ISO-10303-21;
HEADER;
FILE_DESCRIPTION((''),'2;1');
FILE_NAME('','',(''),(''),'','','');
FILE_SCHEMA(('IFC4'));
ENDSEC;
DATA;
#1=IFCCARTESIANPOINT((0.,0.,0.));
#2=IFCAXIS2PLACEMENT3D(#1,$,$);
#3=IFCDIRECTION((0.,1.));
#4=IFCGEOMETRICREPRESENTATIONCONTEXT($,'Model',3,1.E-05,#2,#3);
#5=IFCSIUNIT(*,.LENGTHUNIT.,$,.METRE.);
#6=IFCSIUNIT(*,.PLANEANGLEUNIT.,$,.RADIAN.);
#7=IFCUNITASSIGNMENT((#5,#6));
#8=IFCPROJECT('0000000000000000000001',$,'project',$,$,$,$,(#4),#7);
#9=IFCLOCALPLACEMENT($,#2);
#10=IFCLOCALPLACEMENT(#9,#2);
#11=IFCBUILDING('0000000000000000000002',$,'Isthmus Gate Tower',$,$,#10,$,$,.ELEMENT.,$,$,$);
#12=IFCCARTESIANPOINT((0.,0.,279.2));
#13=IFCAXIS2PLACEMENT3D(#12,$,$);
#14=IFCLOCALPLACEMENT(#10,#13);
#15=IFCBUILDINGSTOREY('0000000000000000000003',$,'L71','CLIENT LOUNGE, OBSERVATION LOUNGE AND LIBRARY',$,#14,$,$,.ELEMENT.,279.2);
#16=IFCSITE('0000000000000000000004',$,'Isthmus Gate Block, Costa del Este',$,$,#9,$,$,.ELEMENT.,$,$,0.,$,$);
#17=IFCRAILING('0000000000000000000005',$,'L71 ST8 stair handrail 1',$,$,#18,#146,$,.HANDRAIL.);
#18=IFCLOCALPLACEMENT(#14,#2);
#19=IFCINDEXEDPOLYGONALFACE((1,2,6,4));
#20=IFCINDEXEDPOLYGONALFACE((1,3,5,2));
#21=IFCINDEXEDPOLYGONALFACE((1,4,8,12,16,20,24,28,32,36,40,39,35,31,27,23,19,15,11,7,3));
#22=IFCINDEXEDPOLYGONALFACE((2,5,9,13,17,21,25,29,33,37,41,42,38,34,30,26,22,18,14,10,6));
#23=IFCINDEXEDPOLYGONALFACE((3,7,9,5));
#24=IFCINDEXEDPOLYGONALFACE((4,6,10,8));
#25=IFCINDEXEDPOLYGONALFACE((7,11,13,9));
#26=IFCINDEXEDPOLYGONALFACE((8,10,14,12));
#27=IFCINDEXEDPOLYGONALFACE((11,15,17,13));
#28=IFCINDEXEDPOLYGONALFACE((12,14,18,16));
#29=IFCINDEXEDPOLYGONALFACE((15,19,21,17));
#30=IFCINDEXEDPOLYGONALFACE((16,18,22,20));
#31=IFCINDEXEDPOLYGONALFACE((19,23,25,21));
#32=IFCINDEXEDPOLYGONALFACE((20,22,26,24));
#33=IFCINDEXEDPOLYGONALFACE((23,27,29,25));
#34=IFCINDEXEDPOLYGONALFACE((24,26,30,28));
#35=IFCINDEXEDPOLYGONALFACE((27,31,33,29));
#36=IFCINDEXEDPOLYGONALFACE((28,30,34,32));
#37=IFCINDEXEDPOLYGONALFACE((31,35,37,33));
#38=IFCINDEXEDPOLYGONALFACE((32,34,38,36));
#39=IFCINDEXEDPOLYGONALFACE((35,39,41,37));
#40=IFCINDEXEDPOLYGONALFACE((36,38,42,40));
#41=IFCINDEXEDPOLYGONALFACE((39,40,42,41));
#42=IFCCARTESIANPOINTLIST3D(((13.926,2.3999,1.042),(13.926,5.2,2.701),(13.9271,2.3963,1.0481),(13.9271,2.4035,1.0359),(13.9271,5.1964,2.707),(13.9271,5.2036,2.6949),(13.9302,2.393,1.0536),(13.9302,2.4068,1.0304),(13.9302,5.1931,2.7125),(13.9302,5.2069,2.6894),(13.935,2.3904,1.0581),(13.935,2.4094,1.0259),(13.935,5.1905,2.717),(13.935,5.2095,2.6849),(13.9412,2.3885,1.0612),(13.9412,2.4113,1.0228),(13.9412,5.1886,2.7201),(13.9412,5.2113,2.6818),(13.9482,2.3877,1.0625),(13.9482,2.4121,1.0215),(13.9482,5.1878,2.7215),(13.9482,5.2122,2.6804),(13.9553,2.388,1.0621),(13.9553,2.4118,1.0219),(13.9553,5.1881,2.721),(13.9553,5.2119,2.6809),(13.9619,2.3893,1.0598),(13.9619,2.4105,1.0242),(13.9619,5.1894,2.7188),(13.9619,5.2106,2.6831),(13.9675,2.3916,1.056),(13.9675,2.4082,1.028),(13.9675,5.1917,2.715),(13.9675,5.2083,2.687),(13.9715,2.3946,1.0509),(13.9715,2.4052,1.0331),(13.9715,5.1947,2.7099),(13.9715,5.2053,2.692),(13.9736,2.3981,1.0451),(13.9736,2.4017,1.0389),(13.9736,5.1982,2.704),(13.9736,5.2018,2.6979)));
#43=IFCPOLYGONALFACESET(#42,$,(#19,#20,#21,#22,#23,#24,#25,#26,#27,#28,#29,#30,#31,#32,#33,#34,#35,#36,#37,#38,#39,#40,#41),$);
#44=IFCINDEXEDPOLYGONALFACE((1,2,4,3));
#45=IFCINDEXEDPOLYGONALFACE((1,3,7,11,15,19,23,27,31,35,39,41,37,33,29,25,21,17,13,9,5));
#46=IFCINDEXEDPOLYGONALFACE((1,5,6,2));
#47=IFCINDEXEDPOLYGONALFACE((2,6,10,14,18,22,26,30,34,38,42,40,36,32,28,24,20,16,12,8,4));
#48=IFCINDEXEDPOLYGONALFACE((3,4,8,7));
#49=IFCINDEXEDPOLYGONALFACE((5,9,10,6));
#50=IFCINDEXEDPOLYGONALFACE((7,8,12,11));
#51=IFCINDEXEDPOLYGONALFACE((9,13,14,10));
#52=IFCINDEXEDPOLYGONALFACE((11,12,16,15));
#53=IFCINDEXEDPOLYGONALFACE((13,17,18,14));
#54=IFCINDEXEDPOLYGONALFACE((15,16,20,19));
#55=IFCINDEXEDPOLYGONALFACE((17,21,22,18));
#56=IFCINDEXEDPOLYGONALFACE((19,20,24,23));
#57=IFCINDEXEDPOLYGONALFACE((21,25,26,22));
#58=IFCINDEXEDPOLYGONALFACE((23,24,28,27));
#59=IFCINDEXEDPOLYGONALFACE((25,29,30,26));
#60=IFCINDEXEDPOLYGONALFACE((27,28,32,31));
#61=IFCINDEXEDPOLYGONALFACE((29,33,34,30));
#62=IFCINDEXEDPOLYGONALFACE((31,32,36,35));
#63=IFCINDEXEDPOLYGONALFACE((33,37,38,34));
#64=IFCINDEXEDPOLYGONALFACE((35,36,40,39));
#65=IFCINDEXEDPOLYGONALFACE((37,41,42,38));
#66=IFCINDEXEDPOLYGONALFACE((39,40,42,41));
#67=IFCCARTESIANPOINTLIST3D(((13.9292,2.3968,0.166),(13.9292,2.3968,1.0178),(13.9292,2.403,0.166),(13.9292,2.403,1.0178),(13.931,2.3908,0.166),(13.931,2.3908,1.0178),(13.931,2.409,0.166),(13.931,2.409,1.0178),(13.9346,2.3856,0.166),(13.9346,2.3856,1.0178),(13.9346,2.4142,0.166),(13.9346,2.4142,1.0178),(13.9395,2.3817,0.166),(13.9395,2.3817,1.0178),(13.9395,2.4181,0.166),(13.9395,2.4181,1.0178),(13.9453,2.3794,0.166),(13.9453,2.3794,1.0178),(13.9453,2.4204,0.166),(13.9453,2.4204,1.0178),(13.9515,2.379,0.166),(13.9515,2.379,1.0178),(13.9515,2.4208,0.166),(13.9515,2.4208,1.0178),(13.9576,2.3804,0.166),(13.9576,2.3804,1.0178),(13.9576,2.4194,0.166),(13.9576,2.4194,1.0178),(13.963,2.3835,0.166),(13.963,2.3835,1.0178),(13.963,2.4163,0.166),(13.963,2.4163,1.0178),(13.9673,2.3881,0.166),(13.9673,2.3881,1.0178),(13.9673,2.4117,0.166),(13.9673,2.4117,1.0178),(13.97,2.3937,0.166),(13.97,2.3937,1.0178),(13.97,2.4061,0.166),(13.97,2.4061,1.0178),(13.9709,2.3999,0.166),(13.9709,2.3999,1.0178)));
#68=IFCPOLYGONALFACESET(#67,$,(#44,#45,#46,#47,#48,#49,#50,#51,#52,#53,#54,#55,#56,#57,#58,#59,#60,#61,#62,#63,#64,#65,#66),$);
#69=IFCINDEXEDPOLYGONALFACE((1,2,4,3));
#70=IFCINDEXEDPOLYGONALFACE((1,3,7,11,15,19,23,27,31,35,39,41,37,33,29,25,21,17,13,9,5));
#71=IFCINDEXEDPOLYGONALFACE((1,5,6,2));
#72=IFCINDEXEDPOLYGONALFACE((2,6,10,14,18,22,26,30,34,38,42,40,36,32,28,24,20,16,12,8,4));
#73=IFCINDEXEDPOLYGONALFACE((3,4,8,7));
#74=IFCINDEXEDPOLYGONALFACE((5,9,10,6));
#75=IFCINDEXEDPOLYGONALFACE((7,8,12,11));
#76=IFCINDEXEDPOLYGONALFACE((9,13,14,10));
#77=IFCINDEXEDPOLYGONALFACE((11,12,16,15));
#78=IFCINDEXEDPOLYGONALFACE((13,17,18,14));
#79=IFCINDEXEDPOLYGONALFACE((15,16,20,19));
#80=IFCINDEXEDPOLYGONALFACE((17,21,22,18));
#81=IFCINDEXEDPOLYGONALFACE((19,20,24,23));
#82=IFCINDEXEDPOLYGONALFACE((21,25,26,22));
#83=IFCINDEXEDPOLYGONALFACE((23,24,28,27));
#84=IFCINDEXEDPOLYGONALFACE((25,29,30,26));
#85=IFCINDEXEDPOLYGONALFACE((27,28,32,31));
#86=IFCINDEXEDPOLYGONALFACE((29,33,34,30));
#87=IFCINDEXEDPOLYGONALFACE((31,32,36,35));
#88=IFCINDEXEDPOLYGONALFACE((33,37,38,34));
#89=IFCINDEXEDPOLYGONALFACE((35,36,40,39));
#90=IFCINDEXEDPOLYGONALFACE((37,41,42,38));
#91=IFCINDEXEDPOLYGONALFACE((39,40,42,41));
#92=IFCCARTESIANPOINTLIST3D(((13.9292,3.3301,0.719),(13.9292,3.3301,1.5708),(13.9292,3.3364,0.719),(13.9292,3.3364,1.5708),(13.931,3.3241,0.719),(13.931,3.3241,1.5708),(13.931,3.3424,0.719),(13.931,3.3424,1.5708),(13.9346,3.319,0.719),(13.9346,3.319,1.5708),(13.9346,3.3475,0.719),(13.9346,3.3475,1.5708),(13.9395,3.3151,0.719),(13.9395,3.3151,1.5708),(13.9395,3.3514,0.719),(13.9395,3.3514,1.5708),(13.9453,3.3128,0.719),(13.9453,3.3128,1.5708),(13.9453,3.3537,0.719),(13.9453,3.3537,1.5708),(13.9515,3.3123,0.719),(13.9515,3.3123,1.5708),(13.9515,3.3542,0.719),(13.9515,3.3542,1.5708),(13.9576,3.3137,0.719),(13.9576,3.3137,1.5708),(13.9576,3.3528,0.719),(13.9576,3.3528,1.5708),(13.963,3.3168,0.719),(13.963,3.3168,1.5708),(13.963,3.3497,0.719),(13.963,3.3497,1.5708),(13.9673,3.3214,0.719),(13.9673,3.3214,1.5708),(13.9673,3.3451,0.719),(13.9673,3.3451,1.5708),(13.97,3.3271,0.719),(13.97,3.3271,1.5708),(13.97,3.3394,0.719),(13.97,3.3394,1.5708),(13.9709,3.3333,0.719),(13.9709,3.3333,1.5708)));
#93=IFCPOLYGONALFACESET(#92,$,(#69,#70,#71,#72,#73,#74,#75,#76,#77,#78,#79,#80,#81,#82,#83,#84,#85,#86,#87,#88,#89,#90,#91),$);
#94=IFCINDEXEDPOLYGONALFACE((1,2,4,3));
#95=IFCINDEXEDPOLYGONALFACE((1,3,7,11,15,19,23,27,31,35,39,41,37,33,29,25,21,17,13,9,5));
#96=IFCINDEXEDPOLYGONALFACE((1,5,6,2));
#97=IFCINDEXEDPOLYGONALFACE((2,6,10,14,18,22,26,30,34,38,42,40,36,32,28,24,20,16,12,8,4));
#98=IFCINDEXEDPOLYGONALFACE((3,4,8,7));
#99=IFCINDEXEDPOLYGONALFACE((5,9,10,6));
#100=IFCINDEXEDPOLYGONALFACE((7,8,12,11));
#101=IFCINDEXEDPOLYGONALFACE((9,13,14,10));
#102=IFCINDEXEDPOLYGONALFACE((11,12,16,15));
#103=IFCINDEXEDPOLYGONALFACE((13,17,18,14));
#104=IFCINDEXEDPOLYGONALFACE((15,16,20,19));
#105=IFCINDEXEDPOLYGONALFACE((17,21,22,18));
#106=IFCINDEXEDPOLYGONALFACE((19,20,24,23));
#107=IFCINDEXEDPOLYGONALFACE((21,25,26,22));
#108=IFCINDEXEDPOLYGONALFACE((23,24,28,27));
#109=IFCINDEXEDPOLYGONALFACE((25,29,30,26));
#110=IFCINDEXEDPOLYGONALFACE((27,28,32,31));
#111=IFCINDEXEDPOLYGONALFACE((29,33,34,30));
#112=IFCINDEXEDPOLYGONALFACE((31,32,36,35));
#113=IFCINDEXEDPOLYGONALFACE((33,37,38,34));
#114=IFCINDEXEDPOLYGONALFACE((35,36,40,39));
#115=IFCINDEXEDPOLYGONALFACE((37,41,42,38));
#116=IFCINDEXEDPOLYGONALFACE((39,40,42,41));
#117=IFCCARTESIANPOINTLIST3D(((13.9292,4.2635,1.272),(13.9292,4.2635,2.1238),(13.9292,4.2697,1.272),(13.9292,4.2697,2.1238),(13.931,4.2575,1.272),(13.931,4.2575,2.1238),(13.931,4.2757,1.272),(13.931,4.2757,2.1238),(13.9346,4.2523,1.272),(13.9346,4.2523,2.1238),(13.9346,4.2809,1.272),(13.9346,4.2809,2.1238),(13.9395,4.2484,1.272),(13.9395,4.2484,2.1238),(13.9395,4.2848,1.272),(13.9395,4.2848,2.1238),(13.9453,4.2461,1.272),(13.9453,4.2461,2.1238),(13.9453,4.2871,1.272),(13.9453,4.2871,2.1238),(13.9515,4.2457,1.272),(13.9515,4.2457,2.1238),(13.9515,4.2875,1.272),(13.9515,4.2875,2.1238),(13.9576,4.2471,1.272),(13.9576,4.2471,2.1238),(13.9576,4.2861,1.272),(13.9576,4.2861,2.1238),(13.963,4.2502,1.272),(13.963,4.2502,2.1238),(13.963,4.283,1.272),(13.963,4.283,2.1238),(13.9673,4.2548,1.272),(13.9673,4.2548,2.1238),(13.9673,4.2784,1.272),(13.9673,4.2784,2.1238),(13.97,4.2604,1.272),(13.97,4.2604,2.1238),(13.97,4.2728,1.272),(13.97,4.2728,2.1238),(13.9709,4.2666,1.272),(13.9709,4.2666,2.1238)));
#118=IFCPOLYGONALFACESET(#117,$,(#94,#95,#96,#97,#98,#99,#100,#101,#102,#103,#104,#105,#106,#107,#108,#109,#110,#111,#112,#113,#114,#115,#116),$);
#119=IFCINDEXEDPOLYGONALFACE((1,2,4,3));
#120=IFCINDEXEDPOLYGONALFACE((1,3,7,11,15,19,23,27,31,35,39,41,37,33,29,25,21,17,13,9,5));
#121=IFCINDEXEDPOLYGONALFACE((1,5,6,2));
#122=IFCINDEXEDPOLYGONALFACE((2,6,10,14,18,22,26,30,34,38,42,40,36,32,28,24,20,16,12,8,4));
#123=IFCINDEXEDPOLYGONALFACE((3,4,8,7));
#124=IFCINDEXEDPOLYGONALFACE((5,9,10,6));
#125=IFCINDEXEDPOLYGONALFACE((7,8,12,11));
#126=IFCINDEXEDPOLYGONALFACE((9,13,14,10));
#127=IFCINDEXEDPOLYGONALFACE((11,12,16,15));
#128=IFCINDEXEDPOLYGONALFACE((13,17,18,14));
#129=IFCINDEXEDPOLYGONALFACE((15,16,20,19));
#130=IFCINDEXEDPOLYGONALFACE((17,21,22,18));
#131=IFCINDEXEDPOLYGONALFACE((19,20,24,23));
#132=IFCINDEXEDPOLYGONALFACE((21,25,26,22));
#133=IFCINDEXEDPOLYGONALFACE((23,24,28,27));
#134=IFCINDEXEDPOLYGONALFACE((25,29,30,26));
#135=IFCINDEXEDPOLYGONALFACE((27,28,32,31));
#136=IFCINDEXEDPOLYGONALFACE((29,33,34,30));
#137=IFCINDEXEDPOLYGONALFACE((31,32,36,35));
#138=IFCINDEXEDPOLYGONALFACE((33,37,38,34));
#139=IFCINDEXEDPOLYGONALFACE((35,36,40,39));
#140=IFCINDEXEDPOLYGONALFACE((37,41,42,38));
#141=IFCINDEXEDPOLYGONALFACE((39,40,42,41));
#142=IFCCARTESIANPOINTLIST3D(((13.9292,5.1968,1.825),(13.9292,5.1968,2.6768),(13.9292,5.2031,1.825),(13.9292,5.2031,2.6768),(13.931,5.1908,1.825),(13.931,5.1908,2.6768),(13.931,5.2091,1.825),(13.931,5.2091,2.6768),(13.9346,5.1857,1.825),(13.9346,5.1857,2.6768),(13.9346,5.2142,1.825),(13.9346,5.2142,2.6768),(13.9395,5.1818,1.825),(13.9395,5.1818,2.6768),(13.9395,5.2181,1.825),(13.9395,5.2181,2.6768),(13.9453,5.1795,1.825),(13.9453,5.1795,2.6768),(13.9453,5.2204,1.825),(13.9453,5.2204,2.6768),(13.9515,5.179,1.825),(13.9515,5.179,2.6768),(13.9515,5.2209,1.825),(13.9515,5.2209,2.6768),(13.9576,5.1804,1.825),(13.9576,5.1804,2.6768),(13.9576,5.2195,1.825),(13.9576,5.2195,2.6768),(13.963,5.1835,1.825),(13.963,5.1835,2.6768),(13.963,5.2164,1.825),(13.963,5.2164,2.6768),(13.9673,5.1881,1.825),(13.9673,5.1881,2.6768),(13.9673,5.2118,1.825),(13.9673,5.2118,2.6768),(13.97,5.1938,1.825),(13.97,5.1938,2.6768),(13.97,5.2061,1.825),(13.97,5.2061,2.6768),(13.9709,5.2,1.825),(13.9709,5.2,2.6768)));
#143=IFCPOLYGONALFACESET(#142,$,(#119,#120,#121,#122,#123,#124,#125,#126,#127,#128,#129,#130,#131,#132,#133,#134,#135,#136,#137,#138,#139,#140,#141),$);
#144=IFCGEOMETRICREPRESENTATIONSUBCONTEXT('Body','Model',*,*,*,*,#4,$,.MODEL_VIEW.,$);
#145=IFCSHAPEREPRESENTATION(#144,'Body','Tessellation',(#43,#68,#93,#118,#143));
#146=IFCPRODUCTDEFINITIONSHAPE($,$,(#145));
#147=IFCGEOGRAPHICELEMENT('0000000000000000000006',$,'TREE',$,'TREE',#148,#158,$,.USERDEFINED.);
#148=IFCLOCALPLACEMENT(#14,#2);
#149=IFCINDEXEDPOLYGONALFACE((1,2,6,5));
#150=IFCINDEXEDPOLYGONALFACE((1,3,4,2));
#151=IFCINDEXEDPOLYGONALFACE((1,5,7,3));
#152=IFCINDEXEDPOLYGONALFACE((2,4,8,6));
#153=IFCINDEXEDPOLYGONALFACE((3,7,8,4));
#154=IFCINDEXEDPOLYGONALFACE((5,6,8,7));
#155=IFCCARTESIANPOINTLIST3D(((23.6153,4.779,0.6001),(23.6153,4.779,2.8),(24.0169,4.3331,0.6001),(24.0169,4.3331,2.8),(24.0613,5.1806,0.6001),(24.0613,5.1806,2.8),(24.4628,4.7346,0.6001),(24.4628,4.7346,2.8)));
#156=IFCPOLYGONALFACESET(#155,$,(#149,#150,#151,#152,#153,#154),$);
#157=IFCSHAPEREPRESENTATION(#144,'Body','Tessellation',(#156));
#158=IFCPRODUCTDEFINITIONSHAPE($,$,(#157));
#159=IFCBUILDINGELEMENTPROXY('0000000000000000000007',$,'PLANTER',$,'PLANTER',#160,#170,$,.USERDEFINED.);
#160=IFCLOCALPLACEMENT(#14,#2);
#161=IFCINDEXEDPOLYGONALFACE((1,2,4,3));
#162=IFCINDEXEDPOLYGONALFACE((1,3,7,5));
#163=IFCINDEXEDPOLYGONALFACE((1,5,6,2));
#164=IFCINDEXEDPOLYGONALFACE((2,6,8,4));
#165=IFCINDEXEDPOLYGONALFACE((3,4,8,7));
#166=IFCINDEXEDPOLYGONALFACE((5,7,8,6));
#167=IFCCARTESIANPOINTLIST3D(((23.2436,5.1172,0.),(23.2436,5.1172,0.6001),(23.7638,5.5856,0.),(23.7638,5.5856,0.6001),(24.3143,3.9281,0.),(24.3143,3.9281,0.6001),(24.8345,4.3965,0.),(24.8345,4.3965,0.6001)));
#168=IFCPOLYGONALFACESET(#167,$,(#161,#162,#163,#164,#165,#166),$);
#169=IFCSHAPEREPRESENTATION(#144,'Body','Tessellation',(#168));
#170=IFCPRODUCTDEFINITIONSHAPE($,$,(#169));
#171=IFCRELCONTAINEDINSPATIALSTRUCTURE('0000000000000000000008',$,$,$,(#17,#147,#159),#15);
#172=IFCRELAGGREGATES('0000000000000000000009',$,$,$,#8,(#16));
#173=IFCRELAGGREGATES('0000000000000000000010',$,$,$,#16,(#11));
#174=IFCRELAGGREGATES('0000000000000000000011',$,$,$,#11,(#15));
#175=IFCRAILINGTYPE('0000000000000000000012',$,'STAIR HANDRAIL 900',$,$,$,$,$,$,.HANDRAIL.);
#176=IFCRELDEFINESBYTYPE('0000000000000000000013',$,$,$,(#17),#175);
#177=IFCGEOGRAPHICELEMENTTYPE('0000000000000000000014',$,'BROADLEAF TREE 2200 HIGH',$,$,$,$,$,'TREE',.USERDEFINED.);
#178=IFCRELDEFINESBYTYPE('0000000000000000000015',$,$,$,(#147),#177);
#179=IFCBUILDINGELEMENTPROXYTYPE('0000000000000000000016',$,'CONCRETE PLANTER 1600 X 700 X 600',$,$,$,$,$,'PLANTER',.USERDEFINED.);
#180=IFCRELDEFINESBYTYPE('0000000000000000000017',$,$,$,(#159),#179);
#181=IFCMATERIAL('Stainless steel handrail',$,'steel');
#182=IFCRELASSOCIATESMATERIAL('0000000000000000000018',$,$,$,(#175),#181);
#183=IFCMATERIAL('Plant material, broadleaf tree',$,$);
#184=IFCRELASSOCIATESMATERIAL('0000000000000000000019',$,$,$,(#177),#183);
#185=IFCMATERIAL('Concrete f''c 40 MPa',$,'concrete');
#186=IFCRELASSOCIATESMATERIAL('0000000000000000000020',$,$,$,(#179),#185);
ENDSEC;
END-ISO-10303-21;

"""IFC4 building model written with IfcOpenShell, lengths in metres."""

from ifc_helpers import new_model, si_unit, direction, frame, origin, origin_2d, place, context, subcontext, project, spatial, rectangle, circle, extrude, material, type_object, element, save


model = new_model("IFC4")

# Units and contexts
model_context = context("Model", 3, precision=1e-05, world=origin(), true_north=direction((0.0, 1.0)))
body_context = subcontext(model_context, "Body", "Model", "MODEL_VIEW")
ifc_project = project(units=[si_unit("LENGTHUNIT", "METRE"), si_unit("PLANEANGLEUNIT", "RADIAN")], contexts=[model_context])

# Site, building, storey
site_placement = place(None, origin())
site = spatial("IfcSite", under=ifc_project, at=site_placement, Name="Isthmus Gate Block, Costa del Este", CompositionType="ELEMENT", RefElevation=0.0)
building_placement = place(site_placement, origin())
building = spatial("IfcBuilding", under=site, at=building_placement, Name="Isthmus Gate Tower", CompositionType="ELEMENT")
storey_placement = place(building_placement, frame((0.0, 0.0, 279.2)))
storey = spatial("IfcBuildingStorey", under=building, at=storey_placement, Name="L71", Description="CLIENT LOUNGE, OBSERVATION LOUNGE AND LIBRARY", CompositionType="ELEMENT", Elevation=279.2)

# Railing
ifc_material_1 = material(Name="Stainless steel handrail", Category="steel")
railing_type_1 = type_object("IfcRailingType", Name="STAIR HANDRAIL 900", PredefinedType="HANDRAIL", material=ifc_material_1)
railing_1_placement = place(storey_placement, frame((13.95, 2.3999, 0.166)))
element("IfcRailing", 1, at=railing_1_placement, inside=storey, type_object=railing_type_1, Name="L71 ST8 stair handrail 1", PredefinedType="HANDRAIL", context=body_context, shape_type="SweptSolid", body=[
    extrude(circle(Radius=0.0239, at=origin_2d()), frame((0.0, 0.0, 0.876), z_axis=(0.0, 0.860339, 0.509722), x_axis=(-1.0, 0.0, 0.0)), (0.0, 0.0, 1.0), 3.2546),
    extrude(circle(Radius=0.021, at=origin_2d()), origin(), (0.0, 0.0, 1.0), 0.8518),
    extrude(circle(Radius=0.021, at=origin_2d()), frame((0.0, 0.9333, 0.553)), (0.0, 0.0, 1.0), 0.8518),
    extrude(circle(Radius=0.021, at=origin_2d()), frame((0.0, 1.8667, 1.106)), (0.0, 0.0, 1.0), 0.8518),
    extrude(circle(Radius=0.021, at=origin_2d()), frame((0.0, 2.8, 1.6589)), (0.0, 0.0, 1.0), 0.8518),
])

# Geographic element
ifc_material_2 = material(Name="Plant material, broadleaf tree")
geographic_element_type = type_object("IfcGeographicElementType", Name="BROADLEAF TREE 2200 HIGH", ElementType="TREE", PredefinedType="USERDEFINED", material=ifc_material_2)
geographic_element_placement = place(storey_placement, frame((24.0391, 4.7568, 0.6001), z_axis=(0.0, 0.0, 1.0), x_axis=(-0.669131, 0.743145, 0.0)))
element("IfcGeographicElement", 2, at=geographic_element_placement, inside=storey, type_object=geographic_element_type, Name="TREE", ObjectType="TREE", PredefinedType="USERDEFINED", context=body_context, shape_type="SweptSolid", body=[
    extrude(rectangle(XDim=0.6001, YDim=0.6001, at=origin_2d()), origin(), (0.0, 0.0, 1.0), 2.2),
])

# Building element proxy
ifc_material_3 = material(Name="Concrete f'c 40 MPa", Category="concrete")
building_element_proxy_type = type_object("IfcBuildingElementProxyType", Name="CONCRETE PLANTER 1600 X 700 X 600", ElementType="PLANTER", PredefinedType="USERDEFINED", material=ifc_material_3)
proxy_placement = place(storey_placement, frame((24.0391, 4.7568, 0.0), z_axis=(0.0, 0.0, 1.0), x_axis=(-0.669131, 0.743145, 0.0)))
element("IfcBuildingElementProxy", 3, at=proxy_placement, inside=storey, type_object=building_element_proxy_type, Name="PLANTER", ObjectType="PLANTER", PredefinedType="USERDEFINED", context=body_context, shape_type="SweptSolid", body=[
    extrude(rectangle(XDim=1.6001, YDim=0.7, at=origin_2d()), origin(), (0.0, 0.0, 1.0), 0.6001),
])

save(model, "model.ifc")
